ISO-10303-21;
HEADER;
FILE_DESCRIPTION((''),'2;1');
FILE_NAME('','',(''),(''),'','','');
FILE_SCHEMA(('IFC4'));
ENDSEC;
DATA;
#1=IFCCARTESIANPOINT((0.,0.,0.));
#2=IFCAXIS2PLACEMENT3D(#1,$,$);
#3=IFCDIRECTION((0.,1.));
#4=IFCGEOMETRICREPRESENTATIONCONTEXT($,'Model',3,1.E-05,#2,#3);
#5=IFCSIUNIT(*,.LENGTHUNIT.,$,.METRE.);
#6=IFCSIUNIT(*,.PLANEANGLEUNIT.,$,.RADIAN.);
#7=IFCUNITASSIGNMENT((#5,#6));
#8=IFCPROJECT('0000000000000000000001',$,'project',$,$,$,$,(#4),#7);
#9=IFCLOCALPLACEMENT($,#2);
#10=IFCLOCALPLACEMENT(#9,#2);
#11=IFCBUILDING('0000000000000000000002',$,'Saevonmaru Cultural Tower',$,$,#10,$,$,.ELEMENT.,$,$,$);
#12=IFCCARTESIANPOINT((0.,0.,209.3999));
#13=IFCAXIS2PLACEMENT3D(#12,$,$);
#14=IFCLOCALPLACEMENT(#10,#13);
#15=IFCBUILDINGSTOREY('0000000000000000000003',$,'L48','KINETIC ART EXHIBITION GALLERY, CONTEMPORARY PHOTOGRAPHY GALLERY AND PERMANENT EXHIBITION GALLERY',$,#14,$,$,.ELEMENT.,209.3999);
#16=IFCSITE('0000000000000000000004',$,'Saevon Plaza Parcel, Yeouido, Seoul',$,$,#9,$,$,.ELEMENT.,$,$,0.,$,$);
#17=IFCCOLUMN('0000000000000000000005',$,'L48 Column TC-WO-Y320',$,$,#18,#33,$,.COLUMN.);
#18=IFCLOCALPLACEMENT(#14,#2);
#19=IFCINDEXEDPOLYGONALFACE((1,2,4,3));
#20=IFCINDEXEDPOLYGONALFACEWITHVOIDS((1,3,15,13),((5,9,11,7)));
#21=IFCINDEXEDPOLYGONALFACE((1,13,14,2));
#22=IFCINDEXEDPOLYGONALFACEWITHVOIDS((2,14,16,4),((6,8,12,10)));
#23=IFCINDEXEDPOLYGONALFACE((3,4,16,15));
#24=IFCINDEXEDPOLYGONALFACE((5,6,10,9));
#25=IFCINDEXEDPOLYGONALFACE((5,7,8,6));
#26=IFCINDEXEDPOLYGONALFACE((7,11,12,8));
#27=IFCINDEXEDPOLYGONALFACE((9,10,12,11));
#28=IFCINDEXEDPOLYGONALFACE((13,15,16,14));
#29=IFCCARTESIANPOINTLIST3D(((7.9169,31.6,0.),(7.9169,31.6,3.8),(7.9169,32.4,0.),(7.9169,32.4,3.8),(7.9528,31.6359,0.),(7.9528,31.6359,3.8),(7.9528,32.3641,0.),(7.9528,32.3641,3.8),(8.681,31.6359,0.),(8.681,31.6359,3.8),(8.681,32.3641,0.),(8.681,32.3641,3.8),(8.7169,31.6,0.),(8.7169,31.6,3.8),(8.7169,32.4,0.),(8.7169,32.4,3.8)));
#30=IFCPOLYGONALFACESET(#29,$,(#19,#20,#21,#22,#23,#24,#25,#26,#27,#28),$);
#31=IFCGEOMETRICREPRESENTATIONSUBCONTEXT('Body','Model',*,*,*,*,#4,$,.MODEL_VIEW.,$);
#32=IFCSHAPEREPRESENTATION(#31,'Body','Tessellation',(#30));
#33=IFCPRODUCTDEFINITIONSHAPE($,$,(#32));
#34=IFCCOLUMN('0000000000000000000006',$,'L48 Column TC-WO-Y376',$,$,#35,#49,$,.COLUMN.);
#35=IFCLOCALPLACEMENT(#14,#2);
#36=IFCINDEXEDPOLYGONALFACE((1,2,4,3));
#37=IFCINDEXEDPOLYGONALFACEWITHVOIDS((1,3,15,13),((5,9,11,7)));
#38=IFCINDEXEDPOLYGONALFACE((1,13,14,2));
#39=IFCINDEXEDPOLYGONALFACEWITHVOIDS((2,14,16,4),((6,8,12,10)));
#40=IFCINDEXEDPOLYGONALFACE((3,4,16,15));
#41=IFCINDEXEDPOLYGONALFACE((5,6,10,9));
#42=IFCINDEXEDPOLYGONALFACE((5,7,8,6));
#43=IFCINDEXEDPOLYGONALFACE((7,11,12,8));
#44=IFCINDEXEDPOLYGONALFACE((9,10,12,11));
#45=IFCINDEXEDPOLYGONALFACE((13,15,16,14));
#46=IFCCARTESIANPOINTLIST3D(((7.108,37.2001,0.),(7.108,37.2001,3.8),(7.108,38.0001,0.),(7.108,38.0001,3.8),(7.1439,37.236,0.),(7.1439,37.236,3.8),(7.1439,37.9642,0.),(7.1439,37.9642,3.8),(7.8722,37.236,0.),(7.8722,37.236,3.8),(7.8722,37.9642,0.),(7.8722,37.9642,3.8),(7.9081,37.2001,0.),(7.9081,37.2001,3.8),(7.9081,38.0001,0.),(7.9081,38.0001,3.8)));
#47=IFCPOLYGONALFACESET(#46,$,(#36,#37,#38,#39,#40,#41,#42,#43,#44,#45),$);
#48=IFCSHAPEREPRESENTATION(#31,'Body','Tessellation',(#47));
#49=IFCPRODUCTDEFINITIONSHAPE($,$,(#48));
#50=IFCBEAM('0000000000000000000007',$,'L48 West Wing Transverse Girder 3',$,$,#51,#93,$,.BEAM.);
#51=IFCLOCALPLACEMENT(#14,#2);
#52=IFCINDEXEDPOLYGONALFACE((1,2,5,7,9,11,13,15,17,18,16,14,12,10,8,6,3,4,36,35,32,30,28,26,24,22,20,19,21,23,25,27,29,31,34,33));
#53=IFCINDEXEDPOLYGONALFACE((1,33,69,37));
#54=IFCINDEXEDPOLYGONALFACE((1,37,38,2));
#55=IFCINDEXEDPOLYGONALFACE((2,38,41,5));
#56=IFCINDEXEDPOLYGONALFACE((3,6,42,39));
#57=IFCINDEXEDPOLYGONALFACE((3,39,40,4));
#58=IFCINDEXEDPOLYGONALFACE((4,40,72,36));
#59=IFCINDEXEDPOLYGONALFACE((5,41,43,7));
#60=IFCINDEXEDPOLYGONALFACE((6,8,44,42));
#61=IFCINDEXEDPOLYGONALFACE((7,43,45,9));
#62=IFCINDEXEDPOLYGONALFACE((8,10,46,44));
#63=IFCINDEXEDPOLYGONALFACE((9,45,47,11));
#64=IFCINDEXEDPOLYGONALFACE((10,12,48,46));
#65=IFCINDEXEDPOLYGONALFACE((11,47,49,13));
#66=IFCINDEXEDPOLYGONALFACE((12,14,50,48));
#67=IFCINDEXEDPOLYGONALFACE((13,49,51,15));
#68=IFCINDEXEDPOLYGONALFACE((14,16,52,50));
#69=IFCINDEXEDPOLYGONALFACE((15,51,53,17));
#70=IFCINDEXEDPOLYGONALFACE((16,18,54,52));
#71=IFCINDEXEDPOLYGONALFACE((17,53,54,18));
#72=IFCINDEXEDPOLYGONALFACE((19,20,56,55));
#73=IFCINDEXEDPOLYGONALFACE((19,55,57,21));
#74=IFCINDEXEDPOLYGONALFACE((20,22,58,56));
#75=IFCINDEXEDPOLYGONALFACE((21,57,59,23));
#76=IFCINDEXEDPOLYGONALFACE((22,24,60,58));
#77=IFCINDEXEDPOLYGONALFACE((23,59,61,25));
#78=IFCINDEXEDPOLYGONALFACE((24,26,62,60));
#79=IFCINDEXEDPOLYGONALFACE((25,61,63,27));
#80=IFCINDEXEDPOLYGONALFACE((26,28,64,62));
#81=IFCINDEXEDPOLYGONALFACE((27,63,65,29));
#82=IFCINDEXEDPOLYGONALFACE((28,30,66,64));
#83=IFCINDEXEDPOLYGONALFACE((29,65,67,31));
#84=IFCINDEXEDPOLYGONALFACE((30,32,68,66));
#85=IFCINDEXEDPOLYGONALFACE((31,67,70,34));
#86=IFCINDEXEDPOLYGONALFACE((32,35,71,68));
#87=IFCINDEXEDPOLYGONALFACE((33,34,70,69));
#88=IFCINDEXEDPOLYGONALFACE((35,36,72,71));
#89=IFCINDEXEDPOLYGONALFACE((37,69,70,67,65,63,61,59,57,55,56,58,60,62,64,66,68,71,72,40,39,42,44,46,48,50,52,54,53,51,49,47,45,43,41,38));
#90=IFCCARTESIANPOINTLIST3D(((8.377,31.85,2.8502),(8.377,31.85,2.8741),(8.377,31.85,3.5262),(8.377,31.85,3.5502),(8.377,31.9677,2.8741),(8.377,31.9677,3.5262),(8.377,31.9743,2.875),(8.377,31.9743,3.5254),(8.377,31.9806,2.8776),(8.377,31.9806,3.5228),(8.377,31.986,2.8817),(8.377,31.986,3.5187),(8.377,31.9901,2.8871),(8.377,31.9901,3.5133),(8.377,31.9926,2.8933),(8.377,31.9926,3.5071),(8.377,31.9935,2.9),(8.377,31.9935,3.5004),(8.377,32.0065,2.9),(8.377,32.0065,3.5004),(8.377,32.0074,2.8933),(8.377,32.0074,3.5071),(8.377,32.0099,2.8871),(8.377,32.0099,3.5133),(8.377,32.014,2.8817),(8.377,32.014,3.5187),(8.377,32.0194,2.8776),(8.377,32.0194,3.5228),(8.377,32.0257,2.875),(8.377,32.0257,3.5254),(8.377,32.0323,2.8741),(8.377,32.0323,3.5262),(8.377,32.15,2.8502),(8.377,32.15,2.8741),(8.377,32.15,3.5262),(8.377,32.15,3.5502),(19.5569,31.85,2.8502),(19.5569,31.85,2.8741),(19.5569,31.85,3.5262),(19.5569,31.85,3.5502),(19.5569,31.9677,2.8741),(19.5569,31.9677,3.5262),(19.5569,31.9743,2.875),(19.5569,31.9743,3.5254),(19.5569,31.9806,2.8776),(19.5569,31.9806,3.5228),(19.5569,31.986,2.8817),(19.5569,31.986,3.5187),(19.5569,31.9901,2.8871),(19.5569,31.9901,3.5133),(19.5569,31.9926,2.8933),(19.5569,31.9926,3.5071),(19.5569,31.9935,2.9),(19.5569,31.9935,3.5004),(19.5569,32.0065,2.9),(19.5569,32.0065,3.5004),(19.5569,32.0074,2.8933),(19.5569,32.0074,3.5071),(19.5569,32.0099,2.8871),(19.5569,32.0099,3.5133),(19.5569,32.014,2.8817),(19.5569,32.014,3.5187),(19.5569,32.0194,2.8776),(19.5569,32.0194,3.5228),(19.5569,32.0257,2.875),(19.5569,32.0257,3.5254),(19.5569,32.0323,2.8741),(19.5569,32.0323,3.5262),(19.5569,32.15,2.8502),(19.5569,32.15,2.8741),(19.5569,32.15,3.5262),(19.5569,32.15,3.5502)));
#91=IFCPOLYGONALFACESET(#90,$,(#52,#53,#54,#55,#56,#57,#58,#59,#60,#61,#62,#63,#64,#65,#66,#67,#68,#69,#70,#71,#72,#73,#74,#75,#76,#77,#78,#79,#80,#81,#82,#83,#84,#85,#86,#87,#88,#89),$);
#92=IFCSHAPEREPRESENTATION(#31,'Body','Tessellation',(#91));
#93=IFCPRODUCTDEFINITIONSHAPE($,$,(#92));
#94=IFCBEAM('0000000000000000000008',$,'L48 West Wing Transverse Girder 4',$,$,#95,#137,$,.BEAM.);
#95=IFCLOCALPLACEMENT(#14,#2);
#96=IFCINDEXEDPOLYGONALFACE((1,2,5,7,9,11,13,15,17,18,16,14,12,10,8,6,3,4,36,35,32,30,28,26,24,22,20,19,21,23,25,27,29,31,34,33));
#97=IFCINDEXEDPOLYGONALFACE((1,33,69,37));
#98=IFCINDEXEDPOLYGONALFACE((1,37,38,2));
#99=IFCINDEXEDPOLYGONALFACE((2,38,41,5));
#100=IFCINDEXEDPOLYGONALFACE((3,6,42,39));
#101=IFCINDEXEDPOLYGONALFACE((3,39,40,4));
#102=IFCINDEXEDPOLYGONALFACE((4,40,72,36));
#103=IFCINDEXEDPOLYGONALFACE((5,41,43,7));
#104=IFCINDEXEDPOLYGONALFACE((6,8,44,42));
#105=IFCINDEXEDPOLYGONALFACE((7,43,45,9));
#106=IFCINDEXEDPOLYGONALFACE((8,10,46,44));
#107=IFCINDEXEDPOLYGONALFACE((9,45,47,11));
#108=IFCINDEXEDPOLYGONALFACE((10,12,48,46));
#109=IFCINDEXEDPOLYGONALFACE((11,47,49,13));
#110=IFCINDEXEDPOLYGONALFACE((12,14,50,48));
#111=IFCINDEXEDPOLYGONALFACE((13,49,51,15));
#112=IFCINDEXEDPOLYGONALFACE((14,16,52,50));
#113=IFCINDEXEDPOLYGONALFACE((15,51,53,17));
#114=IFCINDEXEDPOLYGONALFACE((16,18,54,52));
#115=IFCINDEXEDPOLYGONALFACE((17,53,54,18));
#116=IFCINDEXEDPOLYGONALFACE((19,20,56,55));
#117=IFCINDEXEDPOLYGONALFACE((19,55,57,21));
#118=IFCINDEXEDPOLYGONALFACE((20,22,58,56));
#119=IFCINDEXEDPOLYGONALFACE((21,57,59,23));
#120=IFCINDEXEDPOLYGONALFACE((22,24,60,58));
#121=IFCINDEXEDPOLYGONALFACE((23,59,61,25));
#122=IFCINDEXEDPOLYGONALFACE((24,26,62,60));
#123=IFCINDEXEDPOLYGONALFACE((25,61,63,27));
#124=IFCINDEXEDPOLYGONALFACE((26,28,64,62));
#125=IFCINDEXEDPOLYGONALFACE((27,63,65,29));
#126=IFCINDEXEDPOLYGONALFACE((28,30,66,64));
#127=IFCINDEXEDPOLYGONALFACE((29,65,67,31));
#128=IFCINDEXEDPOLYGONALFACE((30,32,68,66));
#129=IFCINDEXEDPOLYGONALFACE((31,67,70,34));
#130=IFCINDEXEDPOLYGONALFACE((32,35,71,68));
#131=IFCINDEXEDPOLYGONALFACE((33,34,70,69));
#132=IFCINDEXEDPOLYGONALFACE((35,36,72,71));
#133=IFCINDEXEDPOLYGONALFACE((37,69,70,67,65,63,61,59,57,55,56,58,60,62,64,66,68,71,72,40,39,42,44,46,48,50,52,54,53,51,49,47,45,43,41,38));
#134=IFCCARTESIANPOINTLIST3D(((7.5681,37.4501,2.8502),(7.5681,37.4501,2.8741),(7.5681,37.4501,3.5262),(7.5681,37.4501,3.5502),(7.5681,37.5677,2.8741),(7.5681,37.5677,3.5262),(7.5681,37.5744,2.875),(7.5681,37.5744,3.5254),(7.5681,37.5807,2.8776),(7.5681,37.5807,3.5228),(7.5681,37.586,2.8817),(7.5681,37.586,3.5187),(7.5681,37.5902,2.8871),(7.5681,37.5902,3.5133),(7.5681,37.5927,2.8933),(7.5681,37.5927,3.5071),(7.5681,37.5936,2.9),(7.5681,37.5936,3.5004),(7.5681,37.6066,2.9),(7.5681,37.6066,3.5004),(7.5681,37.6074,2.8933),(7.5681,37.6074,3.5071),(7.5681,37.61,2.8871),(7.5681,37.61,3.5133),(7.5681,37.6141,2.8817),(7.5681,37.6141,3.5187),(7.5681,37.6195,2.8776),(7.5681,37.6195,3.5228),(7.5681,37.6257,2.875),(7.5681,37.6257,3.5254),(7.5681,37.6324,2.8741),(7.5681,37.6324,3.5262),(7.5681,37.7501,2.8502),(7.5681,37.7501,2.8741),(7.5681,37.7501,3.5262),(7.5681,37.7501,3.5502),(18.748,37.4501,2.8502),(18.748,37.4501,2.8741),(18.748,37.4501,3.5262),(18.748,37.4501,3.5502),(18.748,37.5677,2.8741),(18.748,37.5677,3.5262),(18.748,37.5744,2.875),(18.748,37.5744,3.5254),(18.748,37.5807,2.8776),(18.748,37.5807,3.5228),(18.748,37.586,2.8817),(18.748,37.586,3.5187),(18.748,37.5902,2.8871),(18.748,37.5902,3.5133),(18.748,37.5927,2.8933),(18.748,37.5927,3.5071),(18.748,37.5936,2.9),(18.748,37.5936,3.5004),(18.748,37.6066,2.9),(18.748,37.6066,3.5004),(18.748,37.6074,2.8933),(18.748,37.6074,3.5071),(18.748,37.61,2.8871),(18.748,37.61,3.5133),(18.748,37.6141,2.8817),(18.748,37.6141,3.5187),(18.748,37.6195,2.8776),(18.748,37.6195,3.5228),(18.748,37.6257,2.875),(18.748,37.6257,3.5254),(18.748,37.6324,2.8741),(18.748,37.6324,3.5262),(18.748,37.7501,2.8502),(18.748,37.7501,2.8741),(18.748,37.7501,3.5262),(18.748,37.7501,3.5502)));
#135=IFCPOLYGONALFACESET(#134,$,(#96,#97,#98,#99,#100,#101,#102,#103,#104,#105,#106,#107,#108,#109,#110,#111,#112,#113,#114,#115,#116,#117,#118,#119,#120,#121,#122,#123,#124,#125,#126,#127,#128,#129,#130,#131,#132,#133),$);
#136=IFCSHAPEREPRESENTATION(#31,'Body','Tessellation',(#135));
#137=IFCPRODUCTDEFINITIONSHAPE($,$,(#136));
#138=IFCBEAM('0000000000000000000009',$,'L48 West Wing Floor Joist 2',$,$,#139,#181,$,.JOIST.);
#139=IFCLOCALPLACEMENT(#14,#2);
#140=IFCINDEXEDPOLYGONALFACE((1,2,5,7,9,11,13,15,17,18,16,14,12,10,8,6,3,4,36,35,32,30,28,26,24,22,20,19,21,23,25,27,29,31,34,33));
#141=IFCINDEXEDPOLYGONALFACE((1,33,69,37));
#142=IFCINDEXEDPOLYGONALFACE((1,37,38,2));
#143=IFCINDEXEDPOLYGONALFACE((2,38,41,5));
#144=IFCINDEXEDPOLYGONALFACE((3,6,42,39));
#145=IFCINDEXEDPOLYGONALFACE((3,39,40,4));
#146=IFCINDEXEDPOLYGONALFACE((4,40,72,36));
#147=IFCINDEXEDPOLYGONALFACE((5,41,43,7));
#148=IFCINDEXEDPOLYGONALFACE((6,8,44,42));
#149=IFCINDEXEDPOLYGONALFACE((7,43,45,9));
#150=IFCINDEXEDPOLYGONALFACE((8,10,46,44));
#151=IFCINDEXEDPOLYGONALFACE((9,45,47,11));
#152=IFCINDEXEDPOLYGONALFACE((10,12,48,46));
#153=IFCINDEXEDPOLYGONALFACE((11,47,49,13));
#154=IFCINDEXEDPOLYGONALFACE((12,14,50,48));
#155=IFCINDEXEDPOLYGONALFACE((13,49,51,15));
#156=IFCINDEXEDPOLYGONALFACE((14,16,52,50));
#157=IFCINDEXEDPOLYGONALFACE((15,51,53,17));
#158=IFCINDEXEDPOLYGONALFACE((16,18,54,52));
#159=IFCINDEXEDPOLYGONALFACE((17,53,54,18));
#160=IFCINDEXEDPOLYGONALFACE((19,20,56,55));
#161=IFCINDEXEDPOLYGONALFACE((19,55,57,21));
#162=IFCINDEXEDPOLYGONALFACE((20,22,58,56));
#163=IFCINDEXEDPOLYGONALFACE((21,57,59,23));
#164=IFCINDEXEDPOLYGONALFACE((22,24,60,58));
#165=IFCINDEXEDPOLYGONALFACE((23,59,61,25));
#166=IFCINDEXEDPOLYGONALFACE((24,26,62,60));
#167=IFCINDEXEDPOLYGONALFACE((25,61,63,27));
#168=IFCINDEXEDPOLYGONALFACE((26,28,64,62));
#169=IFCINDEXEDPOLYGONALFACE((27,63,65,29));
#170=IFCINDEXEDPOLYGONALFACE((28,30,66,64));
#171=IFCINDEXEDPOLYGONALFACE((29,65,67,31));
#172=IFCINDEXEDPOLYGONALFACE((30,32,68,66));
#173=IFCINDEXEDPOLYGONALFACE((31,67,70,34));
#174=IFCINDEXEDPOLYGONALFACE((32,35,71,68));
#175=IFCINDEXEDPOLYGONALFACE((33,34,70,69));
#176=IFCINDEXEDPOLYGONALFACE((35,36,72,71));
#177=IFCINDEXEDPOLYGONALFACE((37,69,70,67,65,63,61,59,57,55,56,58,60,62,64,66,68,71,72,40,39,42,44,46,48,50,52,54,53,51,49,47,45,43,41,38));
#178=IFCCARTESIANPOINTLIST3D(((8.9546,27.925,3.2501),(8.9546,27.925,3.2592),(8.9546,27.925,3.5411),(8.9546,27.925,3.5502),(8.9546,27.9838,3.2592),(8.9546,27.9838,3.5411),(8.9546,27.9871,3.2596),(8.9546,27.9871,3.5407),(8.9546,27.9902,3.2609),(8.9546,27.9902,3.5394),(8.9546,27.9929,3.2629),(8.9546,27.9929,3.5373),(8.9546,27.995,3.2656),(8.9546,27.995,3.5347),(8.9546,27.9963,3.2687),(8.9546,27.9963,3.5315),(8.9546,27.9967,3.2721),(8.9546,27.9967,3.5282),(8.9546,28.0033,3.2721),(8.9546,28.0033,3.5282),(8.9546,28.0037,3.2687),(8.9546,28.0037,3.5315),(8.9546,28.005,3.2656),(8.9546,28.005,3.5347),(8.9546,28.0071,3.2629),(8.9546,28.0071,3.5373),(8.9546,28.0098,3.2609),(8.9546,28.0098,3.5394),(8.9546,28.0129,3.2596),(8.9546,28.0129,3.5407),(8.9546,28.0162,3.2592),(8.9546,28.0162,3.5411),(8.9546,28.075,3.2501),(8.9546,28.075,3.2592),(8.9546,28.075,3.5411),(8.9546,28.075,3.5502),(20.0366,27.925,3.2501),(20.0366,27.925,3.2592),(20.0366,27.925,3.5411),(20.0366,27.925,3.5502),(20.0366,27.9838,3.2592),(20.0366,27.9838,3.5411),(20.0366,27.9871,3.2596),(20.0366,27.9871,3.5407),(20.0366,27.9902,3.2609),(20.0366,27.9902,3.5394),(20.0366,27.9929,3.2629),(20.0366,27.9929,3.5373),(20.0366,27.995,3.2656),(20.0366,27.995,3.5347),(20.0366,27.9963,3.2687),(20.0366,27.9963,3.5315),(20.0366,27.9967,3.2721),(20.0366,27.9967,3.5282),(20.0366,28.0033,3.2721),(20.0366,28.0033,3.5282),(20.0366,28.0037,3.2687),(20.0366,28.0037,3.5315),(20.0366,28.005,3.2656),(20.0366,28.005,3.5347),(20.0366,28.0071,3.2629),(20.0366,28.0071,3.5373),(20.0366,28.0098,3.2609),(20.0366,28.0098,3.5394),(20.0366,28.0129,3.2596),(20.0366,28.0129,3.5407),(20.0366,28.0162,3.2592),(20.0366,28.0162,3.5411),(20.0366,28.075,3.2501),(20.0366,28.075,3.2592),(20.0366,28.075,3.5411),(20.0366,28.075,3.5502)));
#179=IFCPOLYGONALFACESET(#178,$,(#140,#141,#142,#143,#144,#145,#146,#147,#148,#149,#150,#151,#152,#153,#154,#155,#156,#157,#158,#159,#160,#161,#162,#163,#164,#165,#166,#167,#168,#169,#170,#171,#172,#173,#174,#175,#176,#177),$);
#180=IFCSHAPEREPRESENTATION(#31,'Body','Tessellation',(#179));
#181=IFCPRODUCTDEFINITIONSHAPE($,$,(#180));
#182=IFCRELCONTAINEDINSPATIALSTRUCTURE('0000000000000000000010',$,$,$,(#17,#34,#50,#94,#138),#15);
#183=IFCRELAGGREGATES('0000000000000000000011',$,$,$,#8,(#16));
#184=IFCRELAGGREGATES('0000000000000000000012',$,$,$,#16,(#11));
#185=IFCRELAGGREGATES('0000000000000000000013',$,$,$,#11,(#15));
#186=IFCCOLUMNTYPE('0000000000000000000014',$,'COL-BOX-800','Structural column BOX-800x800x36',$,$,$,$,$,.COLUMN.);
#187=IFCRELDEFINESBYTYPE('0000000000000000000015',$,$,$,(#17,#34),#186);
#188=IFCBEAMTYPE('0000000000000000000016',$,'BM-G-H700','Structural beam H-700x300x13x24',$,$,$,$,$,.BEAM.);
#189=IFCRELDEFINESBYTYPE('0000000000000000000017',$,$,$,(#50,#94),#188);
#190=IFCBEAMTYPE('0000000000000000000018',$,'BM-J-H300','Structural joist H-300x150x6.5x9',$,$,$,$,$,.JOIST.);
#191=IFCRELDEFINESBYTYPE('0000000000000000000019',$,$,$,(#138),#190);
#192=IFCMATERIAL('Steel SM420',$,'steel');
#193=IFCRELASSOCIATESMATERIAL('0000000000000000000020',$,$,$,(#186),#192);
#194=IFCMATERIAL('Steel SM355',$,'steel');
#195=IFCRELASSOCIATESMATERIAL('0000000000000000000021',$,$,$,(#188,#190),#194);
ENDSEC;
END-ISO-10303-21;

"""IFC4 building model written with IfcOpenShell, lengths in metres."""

from ifc_helpers import new_model, si_unit, direction, frame, origin, origin_2d, place, context, subcontext, project, spatial, hollow_rectangle, i_section, extrude, material, material_profile, profile_set, type_object, element, save


model = new_model("IFC4")

# Units and contexts
model_context = context("Model", 3, precision=1e-05, world=origin(), true_north=direction((0.0, 1.0)))
body_context = subcontext(model_context, "Body", "Model", "MODEL_VIEW")
ifc_project = project(units=[si_unit("LENGTHUNIT", "METRE"), si_unit("PLANEANGLEUNIT", "RADIAN")], contexts=[model_context])

# Site, building, storey
site_placement = place(None, origin())
site = spatial("IfcSite", under=ifc_project, at=site_placement, Name="Saevon Plaza Parcel, Yeouido, Seoul", CompositionType="ELEMENT", RefElevation=0.0)
building_placement = place(site_placement, origin())
building = spatial("IfcBuilding", under=site, at=building_placement, Name="Saevonmaru Cultural Tower", CompositionType="ELEMENT")
storey_placement = place(building_placement, frame((0.0, 0.0, 209.3999)))
storey = spatial("IfcBuildingStorey", under=building, at=storey_placement, Name="L48", Description="KINETIC ART EXHIBITION GALLERY, CONTEMPORARY PHOTOGRAPHY GALLERY AND PERMANENT EXHIBITION GALLERY", CompositionType="ELEMENT", Elevation=209.3999)

# Columns
ifc_material_1 = material(Name="Steel SM420", Category="steel")
ifc_material_profile_1 = material_profile(ifc_material_1, hollow_rectangle(XDim=0.8, YDim=0.8, WallThickness=0.0359, at=origin_2d()), Name="BOX-800x800x36")
ifc_profile_set_1 = profile_set([ifc_material_profile_1], Name="Steel SM420")
column_type = type_object("IfcColumnType", Name="COL-BOX-800", Description="Structural column BOX-800x800x36", PredefinedType="COLUMN", material=ifc_profile_set_1)
for number, where, z_axis, x_axis, name in (
    (1, (8.3169, 32.0, 0.0), (0.0, 0.0, 1.0), (1.0, 0.0, 0.0), "L48 Column TC-WO-Y320"),
    (2, (7.5081, 37.6001, 0.0), (0.0, 0.0, 1.0), (1.0, 0.0, 0.0), "L48 Column TC-WO-Y376"),
):
    element("IfcColumn", number, at=place(storey_placement, frame(where, z_axis=z_axis, x_axis=x_axis)), inside=storey, type_object=column_type, Name=name, PredefinedType="COLUMN", context=body_context, shape_type="SweptSolid", body=[
        extrude(hollow_rectangle(XDim=0.8, YDim=0.8, WallThickness=0.0359, at=origin_2d()), origin(), (0.0, 0.0, 1.0), 3.8),
    ])

# Beams
ifc_material_2 = material(Name="Steel SM355", Category="steel")
ifc_material_profile_2 = material_profile(ifc_material_2, i_section(OverallWidth=0.3, OverallDepth=0.7, WebThickness=0.0129, FlangeThickness=0.0239, FilletRadius=0.0259, at=origin_2d()), Name="H-700x300x13x24")
ifc_profile_set_2 = profile_set([ifc_material_profile_2], Name="Steel SM355")
beam_type_1 = type_object("IfcBeamType", Name="BM-G-H700", Description="Structural beam H-700x300x13x24", PredefinedType="BEAM", material=ifc_profile_set_2)
for number, where, z_axis, x_axis, name in (
    (3, (8.377, 32.0, 3.2002), (1.0, 0.0, 0.0), (0.0, 1.0, 0.0), "L48 West Wing Transverse Girder 3"),
    (4, (7.5681, 37.6001, 3.2002), (1.0, 0.0, 0.0), (0.0, 1.0, 0.0), "L48 West Wing Transverse Girder 4"),
):
    element("IfcBeam", number, at=place(storey_placement, frame(where, z_axis=z_axis, x_axis=x_axis)), inside=storey, type_object=beam_type_1, Name=name, PredefinedType="BEAM", context=body_context, shape_type="SweptSolid", body=[
        extrude(i_section(OverallWidth=0.3, OverallDepth=0.7, WebThickness=0.0129, FlangeThickness=0.0239, FilletRadius=0.0259, at=origin_2d()), origin(), (0.0, 0.0, 1.0), 11.1799),
    ])
ifc_material_profile_3 = material_profile(ifc_material_2, i_section(OverallWidth=0.1499, OverallDepth=0.3, WebThickness=0.0066, FlangeThickness=0.009, FilletRadius=0.0129, at=origin_2d()), Name="H-300x150x6.5x9")
ifc_profile_set_3 = profile_set([ifc_material_profile_3], Name="Steel SM355")
beam_type_2 = type_object("IfcBeamType", Name="BM-J-H300", Description="Structural joist H-300x150x6.5x9", PredefinedType="JOIST", material=ifc_profile_set_3)
for number, where, z_axis, x_axis, name in (
    (5, (8.9546, 28.0, 3.4001), (1.0, 0.0, 0.0), (0.0, 1.0, 0.0), "L48 West Wing Floor Joist 2"),
):
    element("IfcBeam", number, at=place(storey_placement, frame(where, z_axis=z_axis, x_axis=x_axis)), inside=storey, type_object=beam_type_2, Name=name, PredefinedType="JOIST", context=body_context, shape_type="SweptSolid", body=[
        extrude(i_section(OverallWidth=0.1499, OverallDepth=0.3, WebThickness=0.0066, FlangeThickness=0.009, FilletRadius=0.0129, at=origin_2d()), origin(), (0.0, 0.0, 1.0), 11.082),
    ])

save(model, "model.ifc")
